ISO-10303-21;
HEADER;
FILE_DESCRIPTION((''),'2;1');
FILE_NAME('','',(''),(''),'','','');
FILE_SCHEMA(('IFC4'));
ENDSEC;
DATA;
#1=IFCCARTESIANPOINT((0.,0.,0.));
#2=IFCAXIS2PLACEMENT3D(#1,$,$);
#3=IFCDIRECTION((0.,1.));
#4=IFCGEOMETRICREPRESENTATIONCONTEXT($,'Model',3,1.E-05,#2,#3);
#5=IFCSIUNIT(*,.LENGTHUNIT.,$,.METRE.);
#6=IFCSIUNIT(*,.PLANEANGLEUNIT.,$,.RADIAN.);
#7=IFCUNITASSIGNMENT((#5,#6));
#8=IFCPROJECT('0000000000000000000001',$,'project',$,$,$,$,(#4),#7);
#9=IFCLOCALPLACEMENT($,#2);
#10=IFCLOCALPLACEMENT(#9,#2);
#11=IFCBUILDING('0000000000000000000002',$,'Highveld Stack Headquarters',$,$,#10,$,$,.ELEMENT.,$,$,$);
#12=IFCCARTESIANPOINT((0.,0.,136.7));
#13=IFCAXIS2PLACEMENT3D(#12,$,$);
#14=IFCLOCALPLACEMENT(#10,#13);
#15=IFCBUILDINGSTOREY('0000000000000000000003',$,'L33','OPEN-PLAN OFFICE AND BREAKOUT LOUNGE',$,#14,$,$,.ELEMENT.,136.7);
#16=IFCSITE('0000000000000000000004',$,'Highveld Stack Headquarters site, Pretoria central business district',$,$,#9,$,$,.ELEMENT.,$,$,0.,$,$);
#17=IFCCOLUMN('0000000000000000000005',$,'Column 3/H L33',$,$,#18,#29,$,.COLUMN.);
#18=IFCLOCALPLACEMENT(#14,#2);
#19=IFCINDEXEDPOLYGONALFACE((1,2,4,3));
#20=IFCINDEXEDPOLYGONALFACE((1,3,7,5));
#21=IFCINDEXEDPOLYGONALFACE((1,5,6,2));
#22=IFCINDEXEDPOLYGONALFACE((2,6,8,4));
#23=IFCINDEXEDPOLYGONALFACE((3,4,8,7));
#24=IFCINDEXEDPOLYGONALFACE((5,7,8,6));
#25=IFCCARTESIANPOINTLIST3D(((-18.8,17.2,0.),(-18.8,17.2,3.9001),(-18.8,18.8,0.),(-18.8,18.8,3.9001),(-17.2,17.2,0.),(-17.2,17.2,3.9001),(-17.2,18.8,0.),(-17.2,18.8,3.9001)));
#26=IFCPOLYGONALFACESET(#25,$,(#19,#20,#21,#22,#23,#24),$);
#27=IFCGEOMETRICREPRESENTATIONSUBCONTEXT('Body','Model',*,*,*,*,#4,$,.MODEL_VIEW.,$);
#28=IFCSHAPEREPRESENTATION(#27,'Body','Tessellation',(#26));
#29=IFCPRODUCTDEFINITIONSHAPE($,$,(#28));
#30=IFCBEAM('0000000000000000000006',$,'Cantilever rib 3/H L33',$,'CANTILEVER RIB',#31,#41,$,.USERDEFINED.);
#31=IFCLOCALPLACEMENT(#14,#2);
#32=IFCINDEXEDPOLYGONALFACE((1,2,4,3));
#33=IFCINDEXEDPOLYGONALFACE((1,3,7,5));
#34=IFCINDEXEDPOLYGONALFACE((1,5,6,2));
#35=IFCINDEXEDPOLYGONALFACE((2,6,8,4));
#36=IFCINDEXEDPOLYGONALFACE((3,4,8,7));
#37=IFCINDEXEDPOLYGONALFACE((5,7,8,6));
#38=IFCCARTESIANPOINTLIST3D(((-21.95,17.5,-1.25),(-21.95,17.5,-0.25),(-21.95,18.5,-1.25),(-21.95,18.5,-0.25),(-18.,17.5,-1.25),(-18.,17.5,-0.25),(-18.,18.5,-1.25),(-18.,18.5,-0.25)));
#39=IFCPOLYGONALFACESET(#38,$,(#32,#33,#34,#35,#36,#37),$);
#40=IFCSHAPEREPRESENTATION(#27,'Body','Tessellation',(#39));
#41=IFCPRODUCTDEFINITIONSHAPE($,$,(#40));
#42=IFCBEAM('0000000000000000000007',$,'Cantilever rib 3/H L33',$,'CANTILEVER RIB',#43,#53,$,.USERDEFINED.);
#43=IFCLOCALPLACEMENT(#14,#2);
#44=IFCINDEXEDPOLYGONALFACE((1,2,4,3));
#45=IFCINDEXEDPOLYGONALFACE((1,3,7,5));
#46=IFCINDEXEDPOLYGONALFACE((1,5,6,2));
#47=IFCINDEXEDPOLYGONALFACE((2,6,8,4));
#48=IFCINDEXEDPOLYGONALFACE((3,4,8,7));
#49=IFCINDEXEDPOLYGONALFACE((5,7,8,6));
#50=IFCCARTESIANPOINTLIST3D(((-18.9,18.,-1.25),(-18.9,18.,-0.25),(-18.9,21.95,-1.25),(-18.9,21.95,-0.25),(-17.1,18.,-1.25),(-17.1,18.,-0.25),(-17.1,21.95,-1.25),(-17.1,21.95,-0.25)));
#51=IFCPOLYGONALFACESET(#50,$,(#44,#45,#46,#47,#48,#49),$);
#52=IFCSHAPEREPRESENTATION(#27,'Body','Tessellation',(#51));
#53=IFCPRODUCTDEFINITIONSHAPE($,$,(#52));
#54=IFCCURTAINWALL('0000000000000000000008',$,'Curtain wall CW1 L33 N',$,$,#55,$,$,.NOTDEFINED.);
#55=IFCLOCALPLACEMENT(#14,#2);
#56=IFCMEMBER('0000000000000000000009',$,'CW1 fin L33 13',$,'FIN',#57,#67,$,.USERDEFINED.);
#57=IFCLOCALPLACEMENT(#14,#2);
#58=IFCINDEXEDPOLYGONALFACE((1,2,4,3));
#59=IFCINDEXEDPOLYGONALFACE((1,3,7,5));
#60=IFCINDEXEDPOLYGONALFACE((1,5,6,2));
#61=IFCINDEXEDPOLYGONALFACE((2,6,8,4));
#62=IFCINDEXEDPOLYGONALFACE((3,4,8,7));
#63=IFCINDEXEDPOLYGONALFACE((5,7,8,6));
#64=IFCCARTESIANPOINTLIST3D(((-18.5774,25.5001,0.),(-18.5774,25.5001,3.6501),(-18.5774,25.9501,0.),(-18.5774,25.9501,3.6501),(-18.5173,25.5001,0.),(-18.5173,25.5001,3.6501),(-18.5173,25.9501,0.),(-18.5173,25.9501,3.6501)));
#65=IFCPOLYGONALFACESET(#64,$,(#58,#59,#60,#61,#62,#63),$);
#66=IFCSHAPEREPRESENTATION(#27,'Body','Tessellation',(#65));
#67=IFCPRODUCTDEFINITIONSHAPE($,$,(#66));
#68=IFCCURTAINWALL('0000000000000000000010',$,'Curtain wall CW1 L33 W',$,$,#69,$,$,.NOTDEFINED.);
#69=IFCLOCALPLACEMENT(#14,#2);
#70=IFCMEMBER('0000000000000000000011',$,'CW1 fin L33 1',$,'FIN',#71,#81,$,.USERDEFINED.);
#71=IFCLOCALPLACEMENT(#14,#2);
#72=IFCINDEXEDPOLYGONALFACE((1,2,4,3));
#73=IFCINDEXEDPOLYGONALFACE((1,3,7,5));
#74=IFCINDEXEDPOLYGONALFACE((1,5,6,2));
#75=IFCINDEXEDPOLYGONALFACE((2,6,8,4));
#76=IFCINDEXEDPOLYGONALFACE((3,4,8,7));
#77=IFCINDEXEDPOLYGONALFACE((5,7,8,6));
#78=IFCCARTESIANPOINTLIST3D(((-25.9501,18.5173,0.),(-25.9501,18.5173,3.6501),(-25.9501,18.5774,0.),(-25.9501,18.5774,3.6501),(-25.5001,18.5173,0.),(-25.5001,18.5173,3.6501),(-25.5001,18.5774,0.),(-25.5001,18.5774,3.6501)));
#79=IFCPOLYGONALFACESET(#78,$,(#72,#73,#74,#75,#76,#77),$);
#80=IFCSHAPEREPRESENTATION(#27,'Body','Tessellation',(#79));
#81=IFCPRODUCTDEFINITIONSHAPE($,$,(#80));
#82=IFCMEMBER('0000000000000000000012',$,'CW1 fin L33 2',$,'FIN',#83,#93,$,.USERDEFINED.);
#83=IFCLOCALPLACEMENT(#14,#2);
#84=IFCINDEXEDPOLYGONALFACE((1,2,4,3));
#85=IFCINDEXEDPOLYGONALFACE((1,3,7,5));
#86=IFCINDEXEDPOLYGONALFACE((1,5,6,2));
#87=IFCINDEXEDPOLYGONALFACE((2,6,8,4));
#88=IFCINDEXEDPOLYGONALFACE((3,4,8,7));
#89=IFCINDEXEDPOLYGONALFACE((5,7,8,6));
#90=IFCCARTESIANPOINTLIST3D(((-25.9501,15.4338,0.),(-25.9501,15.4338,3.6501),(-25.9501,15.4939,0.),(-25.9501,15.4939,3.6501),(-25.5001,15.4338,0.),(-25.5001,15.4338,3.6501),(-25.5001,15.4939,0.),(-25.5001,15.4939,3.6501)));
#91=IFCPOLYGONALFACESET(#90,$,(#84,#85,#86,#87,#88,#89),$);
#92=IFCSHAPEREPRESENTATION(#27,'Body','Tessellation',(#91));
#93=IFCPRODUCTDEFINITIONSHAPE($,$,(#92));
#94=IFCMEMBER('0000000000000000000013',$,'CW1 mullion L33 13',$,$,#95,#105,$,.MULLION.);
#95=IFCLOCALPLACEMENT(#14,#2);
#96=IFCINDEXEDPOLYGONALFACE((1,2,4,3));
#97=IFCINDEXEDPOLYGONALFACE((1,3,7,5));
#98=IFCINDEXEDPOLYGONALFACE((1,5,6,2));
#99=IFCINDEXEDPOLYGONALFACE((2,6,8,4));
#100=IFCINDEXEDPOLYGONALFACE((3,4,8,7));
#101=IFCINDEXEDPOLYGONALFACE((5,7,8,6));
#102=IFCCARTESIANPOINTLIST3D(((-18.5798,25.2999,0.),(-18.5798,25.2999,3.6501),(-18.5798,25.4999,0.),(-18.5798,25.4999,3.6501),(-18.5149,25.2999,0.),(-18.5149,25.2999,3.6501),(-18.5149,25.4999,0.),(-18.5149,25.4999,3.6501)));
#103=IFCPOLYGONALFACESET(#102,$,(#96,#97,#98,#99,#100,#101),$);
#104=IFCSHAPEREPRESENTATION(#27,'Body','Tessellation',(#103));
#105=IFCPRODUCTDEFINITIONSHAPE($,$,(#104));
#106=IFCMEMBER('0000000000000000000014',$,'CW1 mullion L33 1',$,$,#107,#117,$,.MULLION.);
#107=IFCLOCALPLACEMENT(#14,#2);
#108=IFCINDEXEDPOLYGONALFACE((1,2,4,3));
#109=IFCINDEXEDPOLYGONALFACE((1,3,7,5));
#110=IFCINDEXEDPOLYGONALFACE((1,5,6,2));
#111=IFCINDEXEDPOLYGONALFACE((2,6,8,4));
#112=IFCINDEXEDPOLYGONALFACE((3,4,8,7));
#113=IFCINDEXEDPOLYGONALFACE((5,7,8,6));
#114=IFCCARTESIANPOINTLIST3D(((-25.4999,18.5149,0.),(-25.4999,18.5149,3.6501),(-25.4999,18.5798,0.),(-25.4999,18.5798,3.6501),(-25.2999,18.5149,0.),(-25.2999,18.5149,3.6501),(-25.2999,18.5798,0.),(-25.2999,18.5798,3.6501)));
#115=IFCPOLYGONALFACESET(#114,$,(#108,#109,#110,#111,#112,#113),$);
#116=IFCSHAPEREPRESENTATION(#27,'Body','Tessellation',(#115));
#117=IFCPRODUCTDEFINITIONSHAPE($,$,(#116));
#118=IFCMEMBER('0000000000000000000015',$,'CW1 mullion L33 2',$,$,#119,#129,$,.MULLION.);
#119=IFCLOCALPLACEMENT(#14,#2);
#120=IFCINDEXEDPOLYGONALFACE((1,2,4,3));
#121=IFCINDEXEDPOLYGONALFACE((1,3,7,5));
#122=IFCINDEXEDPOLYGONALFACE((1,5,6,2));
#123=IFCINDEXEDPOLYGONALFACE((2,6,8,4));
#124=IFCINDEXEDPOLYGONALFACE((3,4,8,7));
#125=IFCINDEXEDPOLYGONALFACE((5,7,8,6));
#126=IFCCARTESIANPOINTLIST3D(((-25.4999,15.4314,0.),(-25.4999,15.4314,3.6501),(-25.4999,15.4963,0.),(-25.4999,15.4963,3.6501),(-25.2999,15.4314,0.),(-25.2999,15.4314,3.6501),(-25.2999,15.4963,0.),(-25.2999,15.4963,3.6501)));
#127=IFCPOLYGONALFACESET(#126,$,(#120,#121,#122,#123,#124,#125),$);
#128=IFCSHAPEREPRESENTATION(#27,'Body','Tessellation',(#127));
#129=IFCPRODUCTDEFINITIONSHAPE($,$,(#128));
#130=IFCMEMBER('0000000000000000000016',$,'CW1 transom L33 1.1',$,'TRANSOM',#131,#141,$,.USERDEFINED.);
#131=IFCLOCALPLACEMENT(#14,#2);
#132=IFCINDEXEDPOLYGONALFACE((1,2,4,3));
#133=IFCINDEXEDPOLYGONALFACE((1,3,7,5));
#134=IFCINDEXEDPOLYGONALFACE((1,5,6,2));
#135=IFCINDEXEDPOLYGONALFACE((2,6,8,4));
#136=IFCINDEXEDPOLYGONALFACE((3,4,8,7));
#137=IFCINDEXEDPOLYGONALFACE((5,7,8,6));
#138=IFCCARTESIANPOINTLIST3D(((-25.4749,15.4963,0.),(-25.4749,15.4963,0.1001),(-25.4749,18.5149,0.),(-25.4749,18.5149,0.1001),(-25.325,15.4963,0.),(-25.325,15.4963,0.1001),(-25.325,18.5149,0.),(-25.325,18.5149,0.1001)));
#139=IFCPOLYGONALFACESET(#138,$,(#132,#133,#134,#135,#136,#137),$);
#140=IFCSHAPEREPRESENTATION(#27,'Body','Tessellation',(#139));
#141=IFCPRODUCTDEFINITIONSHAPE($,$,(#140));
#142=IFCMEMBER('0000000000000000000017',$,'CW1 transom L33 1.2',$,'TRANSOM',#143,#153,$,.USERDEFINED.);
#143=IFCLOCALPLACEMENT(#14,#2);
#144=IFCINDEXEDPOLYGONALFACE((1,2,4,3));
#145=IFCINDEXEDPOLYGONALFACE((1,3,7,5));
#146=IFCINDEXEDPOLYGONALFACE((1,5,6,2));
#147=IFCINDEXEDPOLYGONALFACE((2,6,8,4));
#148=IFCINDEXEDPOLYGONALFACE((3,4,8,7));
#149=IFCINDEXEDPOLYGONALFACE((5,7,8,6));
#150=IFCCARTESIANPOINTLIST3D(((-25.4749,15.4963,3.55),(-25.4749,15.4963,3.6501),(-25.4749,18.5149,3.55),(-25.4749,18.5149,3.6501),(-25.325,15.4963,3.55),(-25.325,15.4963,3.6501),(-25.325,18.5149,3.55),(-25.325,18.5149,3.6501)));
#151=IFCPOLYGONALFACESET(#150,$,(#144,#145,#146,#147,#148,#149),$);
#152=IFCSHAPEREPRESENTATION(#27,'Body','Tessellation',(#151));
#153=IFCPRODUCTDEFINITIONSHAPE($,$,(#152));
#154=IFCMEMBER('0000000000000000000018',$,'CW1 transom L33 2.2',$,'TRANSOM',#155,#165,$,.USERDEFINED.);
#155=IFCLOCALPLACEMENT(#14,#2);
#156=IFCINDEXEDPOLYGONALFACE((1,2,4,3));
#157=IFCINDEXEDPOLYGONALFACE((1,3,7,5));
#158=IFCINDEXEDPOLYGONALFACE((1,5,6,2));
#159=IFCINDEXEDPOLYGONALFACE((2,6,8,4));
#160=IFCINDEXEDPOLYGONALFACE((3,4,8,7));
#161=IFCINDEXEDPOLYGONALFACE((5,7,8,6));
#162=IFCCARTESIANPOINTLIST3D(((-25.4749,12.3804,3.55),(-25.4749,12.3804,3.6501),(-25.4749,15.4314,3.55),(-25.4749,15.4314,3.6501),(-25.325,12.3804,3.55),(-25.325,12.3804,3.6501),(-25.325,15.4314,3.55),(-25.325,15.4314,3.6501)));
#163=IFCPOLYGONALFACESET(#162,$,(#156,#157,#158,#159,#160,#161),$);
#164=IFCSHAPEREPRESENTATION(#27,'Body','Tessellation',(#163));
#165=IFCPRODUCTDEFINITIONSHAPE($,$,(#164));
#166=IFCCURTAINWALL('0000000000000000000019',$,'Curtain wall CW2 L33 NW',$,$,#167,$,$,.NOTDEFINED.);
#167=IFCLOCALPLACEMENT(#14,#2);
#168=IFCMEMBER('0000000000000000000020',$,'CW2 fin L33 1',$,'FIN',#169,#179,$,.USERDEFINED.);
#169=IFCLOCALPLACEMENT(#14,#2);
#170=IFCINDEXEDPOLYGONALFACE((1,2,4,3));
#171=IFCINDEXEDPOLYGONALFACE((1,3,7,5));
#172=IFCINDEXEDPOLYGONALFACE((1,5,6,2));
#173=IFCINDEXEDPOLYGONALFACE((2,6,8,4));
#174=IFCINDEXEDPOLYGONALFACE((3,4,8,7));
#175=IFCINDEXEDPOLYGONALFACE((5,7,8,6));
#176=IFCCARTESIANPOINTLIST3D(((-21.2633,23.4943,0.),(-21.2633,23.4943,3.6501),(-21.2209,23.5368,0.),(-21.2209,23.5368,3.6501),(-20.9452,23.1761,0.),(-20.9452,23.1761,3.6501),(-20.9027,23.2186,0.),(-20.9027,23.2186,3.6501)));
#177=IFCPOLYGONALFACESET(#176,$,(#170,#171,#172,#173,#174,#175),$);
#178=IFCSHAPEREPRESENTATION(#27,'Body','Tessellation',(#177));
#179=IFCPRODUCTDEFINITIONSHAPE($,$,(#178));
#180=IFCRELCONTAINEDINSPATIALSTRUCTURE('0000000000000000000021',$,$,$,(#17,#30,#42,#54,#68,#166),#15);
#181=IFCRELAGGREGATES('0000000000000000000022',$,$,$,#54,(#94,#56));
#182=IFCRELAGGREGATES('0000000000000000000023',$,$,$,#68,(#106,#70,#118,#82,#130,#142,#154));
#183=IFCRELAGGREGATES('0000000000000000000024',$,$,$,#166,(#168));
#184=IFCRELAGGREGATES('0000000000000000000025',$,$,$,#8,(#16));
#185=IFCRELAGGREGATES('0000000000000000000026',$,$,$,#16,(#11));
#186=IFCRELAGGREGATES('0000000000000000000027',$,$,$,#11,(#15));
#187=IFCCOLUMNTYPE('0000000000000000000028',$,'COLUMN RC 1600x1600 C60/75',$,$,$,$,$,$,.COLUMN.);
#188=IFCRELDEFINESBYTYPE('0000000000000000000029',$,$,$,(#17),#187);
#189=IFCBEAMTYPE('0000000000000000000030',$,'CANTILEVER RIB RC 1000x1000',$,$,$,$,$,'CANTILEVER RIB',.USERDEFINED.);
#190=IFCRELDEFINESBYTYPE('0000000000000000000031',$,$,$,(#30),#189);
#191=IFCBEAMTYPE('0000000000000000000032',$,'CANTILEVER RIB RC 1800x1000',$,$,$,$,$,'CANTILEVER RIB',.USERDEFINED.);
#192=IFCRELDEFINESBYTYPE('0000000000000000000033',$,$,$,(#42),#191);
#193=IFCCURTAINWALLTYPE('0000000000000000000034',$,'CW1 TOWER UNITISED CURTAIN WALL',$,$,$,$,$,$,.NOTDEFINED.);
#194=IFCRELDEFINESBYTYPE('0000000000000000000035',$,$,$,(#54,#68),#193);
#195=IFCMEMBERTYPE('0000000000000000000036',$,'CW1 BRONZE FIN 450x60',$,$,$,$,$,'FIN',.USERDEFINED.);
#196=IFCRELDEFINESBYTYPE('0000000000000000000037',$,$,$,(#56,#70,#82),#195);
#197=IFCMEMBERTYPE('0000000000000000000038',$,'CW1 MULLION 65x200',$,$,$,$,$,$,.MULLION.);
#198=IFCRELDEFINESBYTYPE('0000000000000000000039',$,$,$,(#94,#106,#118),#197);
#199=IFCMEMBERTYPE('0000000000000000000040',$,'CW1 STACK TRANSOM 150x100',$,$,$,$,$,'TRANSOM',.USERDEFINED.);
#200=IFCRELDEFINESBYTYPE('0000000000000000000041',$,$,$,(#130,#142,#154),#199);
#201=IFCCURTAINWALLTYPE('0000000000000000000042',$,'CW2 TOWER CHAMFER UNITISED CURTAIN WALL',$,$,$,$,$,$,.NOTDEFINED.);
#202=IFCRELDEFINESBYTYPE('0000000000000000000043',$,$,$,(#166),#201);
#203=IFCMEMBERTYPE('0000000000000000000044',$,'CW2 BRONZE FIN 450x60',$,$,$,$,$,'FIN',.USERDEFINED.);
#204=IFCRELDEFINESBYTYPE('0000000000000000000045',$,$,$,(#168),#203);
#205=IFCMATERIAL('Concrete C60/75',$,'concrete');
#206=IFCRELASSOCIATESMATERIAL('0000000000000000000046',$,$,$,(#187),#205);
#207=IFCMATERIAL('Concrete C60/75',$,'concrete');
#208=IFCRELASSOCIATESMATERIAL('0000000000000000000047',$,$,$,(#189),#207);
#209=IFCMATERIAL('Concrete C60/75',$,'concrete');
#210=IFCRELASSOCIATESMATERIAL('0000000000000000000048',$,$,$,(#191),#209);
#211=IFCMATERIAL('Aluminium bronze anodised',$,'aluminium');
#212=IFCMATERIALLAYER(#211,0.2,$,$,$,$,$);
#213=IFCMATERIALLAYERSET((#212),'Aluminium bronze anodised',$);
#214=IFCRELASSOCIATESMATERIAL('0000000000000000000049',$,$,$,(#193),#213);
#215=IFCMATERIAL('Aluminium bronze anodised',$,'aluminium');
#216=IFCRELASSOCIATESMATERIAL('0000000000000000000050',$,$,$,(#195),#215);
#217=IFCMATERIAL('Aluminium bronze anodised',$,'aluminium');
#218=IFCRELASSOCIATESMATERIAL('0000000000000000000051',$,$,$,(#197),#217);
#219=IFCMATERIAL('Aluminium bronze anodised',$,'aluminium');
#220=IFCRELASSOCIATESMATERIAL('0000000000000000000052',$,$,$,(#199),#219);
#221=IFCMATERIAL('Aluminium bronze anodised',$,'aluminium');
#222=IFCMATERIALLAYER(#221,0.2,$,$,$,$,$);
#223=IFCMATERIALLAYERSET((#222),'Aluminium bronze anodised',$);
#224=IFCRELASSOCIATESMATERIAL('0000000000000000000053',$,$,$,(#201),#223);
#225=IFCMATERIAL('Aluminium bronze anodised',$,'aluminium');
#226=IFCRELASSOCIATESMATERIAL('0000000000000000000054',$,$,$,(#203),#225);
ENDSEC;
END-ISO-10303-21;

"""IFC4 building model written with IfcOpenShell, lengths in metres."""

from ifc_helpers import new_model, si_unit, direction, frame, origin, origin_2d, place, context, subcontext, project, spatial, rectangle, extrude, material, layer, layer_set, material_profile, profile_set, type_object, element, aggregate, save


model = new_model("IFC4")

# Units and contexts
model_context = context("Model", 3, precision=1e-05, world=origin(), true_north=direction((0.0, 1.0)))
body_context = subcontext(model_context, "Body", "Model", "MODEL_VIEW")
ifc_project = project(units=[si_unit("LENGTHUNIT", "METRE"), si_unit("PLANEANGLEUNIT", "RADIAN")], contexts=[model_context])

# Site, building, storey
site_placement = place(None, origin())
site = spatial("IfcSite", under=ifc_project, at=site_placement, Name="Highveld Stack Headquarters site, Pretoria central business district", CompositionType="ELEMENT", RefElevation=0.0)
building_placement = place(site_placement, origin())
building = spatial("IfcBuilding", under=site, at=building_placement, Name="Highveld Stack Headquarters", CompositionType="ELEMENT")
storey_placement = place(building_placement, frame((0.0, 0.0, 136.7)))
storey = spatial("IfcBuildingStorey", under=building, at=storey_placement, Name="L33", Description="OPEN-PLAN OFFICE AND BREAKOUT LOUNGE", CompositionType="ELEMENT", Elevation=136.7)

# Column
ifc_material_1 = material(Name="Concrete C60/75", Category="concrete")
ifc_material_profile_1 = material_profile(ifc_material_1, rectangle(XDim=1.6001, YDim=1.6001, at=origin_2d()), Name="RC 1600x1600")
ifc_profile_set_1 = profile_set([ifc_material_profile_1], Name="Concrete C60/75")
column_type = type_object("IfcColumnType", Name="COLUMN RC 1600x1600 C60/75", PredefinedType="COLUMN", material=ifc_profile_set_1)
column_placement = place(storey_placement, frame((-18.0, 18.0, 0.0), z_axis=(0.0, 0.0, 1.0), x_axis=(1.0, 0.0, 0.0)))
element("IfcColumn", 1, at=column_placement, inside=storey, type_object=column_type, Name="Column 3/H L33", PredefinedType="COLUMN", context=body_context, shape_type="SweptSolid", body=[
    extrude(rectangle(XDim=1.6001, YDim=1.6001, at=origin_2d()), origin(), (0.0, 0.0, 1.0), 3.9001),
])

# Beams
ifc_material_2 = material(Name="Concrete C60/75", Category="concrete")
ifc_material_profile_2 = material_profile(ifc_material_2, rectangle(XDim=1.0, YDim=1.0, at=origin_2d()), Name="RC 1000x1000")
ifc_profile_set_2 = profile_set([ifc_material_profile_2], Name="Concrete C60/75")
beam_type_1 = type_object("IfcBeamType", Name="CANTILEVER RIB RC 1000x1000", ElementType="CANTILEVER RIB", PredefinedType="USERDEFINED", material=ifc_profile_set_2)
beam_1_placement = place(storey_placement, frame((-18.0, 18.0, -0.75), z_axis=(-1.0, 0.0, 0.0), x_axis=(0.0, -1.0, 0.0)))
element("IfcBeam", 2, at=beam_1_placement, inside=storey, type_object=beam_type_1, Name="Cantilever rib 3/H L33", ObjectType="CANTILEVER RIB", PredefinedType="USERDEFINED", context=body_context, shape_type="SweptSolid", body=[
    extrude(rectangle(XDim=1.0, YDim=1.0, at=origin_2d()), origin(), (0.0, 0.0, 1.0), 3.95),
])
ifc_material_3 = material(Name="Concrete C60/75", Category="concrete")
ifc_material_profile_3 = material_profile(ifc_material_3, rectangle(XDim=1.8, YDim=1.0, at=origin_2d()), Name="RC 1800x1000")
ifc_profile_set_3 = profile_set([ifc_material_profile_3], Name="Concrete C60/75")
beam_type_2 = type_object("IfcBeamType", Name="CANTILEVER RIB RC 1800x1000", ElementType="CANTILEVER RIB", PredefinedType="USERDEFINED", material=ifc_profile_set_3)
beam_2_placement = place(storey_placement, frame((-18.0, 18.0, -0.75), z_axis=(0.0, 1.0, 0.0), x_axis=(-1.0, 0.0, 0.0)))
element("IfcBeam", 3, at=beam_2_placement, inside=storey, type_object=beam_type_2, Name="Cantilever rib 3/H L33", ObjectType="CANTILEVER RIB", PredefinedType="USERDEFINED", context=body_context, shape_type="SweptSolid", body=[
    extrude(rectangle(XDim=1.8, YDim=1.0, at=origin_2d()), origin(), (0.0, 0.0, 1.0), 3.95),
])

# Curtain wall, member
ifc_material_4 = material(Name="Aluminium bronze anodised", Category="aluminium")
ifc_layer_1 = layer(ifc_material_4, 0.2)
ifc_layer_set_1 = layer_set([ifc_layer_1], Name="Aluminium bronze anodised")
curtain_wall_type_1 = type_object("IfcCurtainWallType", Name="CW1 TOWER UNITISED CURTAIN WALL", PredefinedType="NOTDEFINED", material=ifc_layer_set_1)
curtain_wall_1_placement = place(storey_placement, origin())
curtain_wall_1 = element("IfcCurtainWall", 4, at=curtain_wall_1_placement, inside=storey, type_object=curtain_wall_type_1, Name="Curtain wall CW1 L33 N", PredefinedType="NOTDEFINED")
ifc_material_5 = material(Name="Aluminium bronze anodised", Category="aluminium")
ifc_material_profile_4 = material_profile(ifc_material_5, rectangle(XDim=0.45, YDim=0.0601, at=origin_2d()), Name="FIN 450x60")
ifc_profile_set_4 = profile_set([ifc_material_profile_4], Name="Aluminium bronze anodised")
member_type_1 = type_object("IfcMemberType", Name="CW1 BRONZE FIN 450x60", ElementType="FIN", PredefinedType="USERDEFINED", material=ifc_profile_set_4)
member_1_placement = place(storey_placement, frame((-18.5474, 25.7251, 0.0), z_axis=(0.0, 0.0, 1.0), x_axis=(0.0, -1.0, 0.0)))
member_1 = element("IfcMember", 5, at=member_1_placement, type_object=member_type_1, Name="CW1 fin L33 13", ObjectType="FIN", PredefinedType="USERDEFINED", context=body_context, shape_type="SweptSolid", body=[
    extrude(rectangle(XDim=0.45, YDim=0.0601, at=origin_2d()), origin(), (0.0, 0.0, 1.0), 3.6501),
])

# Curtain wall, members
curtain_wall_2_placement = place(storey_placement, origin())
curtain_wall_2 = element("IfcCurtainWall", 6, at=curtain_wall_2_placement, inside=storey, type_object=curtain_wall_type_1, Name="Curtain wall CW1 L33 W", PredefinedType="NOTDEFINED")
member_2_placement = place(storey_placement, frame((-25.7251, 18.5474, 0.0), z_axis=(0.0, 0.0, 1.0), x_axis=(1.0, 0.0, 0.0)))
member_2 = element("IfcMember", 7, at=member_2_placement, type_object=member_type_1, Name="CW1 fin L33 1", ObjectType="FIN", PredefinedType="USERDEFINED", context=body_context, shape_type="SweptSolid", body=[
    extrude(rectangle(XDim=0.45, YDim=0.0601, at=origin_2d()), origin(), (0.0, 0.0, 1.0), 3.6501),
])
member_3_placement = place(storey_placement, frame((-25.7251, 15.4639, 0.0), z_axis=(0.0, 0.0, 1.0), x_axis=(1.0, 0.0, 0.0)))
member_3 = element("IfcMember", 8, at=member_3_placement, type_object=member_type_1, Name="CW1 fin L33 2", ObjectType="FIN", PredefinedType="USERDEFINED", context=body_context, shape_type="SweptSolid", body=[
    extrude(rectangle(XDim=0.45, YDim=0.0601, at=origin_2d()), origin(), (0.0, 0.0, 1.0), 3.6501),
])

# Members
ifc_material_6 = material(Name="Aluminium bronze anodised", Category="aluminium")
ifc_material_profile_5 = material_profile(ifc_material_6, rectangle(XDim=0.2, YDim=0.0649, at=origin_2d()), Name="CW1 MULLION 65x200")
ifc_profile_set_5 = profile_set([ifc_material_profile_5], Name="Aluminium bronze anodised")
member_type_2 = type_object("IfcMemberType", Name="CW1 MULLION 65x200", PredefinedType="MULLION", material=ifc_profile_set_5)
member_4_placement = place(storey_placement, frame((-18.5474, 25.3999, 0.0), z_axis=(0.0, 0.0, 1.0), x_axis=(0.0, -1.0, 0.0)))
member_4 = element("IfcMember", 9, at=member_4_placement, type_object=member_type_2, Name="CW1 mullion L33 13", PredefinedType="MULLION", context=body_context, shape_type="SweptSolid", body=[
    extrude(rectangle(XDim=0.2, YDim=0.0649, at=origin_2d()), origin(), (0.0, 0.0, 1.0), 3.6501),
])
aggregate(curtain_wall_1, [member_4, member_1])
member_5_placement = place(storey_placement, frame((-25.3999, 18.5474, 0.0), z_axis=(0.0, 0.0, 1.0), x_axis=(1.0, 0.0, 0.0)))
member_5 = element("IfcMember", 10, at=member_5_placement, type_object=member_type_2, Name="CW1 mullion L33 1", PredefinedType="MULLION", context=body_context, shape_type="SweptSolid", body=[
    extrude(rectangle(XDim=0.2, YDim=0.0649, at=origin_2d()), origin(), (0.0, 0.0, 1.0), 3.6501),
])
member_6_placement = place(storey_placement, frame((-25.3999, 15.4639, 0.0), z_axis=(0.0, 0.0, 1.0), x_axis=(1.0, 0.0, 0.0)))
member_6 = element("IfcMember", 11, at=member_6_placement, type_object=member_type_2, Name="CW1 mullion L33 2", PredefinedType="MULLION", context=body_context, shape_type="SweptSolid", body=[
    extrude(rectangle(XDim=0.2, YDim=0.0649, at=origin_2d()), origin(), (0.0, 0.0, 1.0), 3.6501),
])
ifc_material_7 = material(Name="Aluminium bronze anodised", Category="aluminium")
ifc_material_profile_6 = material_profile(ifc_material_7, rectangle(XDim=0.1499, YDim=0.1001, at=origin_2d()), Name="CW1 TRANSOM 150x100")
ifc_profile_set_6 = profile_set([ifc_material_profile_6], Name="Aluminium bronze anodised")
member_type_3 = type_object("IfcMemberType", Name="CW1 STACK TRANSOM 150x100", ElementType="TRANSOM", PredefinedType="USERDEFINED", material=ifc_profile_set_6)
member_7_placement = place(storey_placement, frame((-25.3999, 18.5149, 0.05), z_axis=(0.0, -1.0, 0.0), x_axis=(1.0, 0.0, 0.0)))
member_7 = element("IfcMember", 12, at=member_7_placement, type_object=member_type_3, Name="CW1 transom L33 1.1", ObjectType="TRANSOM", PredefinedType="USERDEFINED", context=body_context, shape_type="SweptSolid", body=[
    extrude(rectangle(XDim=0.1499, YDim=0.1001, at=origin_2d()), origin(), (0.0, 0.0, 1.0), 3.0186),
])
member_8_placement = place(storey_placement, frame((-25.3999, 18.5149, 3.6001), z_axis=(0.0, -1.0, 0.0), x_axis=(1.0, 0.0, 0.0)))
member_8 = element("IfcMember", 13, at=member_8_placement, type_object=member_type_3, Name="CW1 transom L33 1.2", ObjectType="TRANSOM", PredefinedType="USERDEFINED", context=body_context, shape_type="SweptSolid", body=[
    extrude(rectangle(XDim=0.1499, YDim=0.1001, at=origin_2d()), origin(), (0.0, 0.0, 1.0), 3.0186),
])
member_9_placement = place(storey_placement, frame((-25.3999, 15.4314, 3.6001), z_axis=(0.0, -1.0, 0.0), x_axis=(1.0, 0.0, 0.0)))
member_9 = element("IfcMember", 14, at=member_9_placement, type_object=member_type_3, Name="CW1 transom L33 2.2", ObjectType="TRANSOM", PredefinedType="USERDEFINED", context=body_context, shape_type="SweptSolid", body=[
    extrude(rectangle(XDim=0.1499, YDim=0.1001, at=origin_2d()), origin(), (0.0, 0.0, 1.0), 3.051),
])

# Curtain wall, member
ifc_material_8 = material(Name="Aluminium bronze anodised", Category="aluminium")
ifc_layer_2 = layer(ifc_material_8, 0.2)
ifc_layer_set_2 = layer_set([ifc_layer_2], Name="Aluminium bronze anodised")
curtain_wall_type_2 = type_object("IfcCurtainWallType", Name="CW2 TOWER CHAMFER UNITISED CURTAIN WALL", PredefinedType="NOTDEFINED", material=ifc_layer_set_2)
curtain_wall_3_placement = place(storey_placement, origin())
curtain_wall_3 = element("IfcCurtainWall", 15, at=curtain_wall_3_placement, inside=storey, type_object=curtain_wall_type_2, Name="Curtain wall CW2 L33 NW", PredefinedType="NOTDEFINED")
ifc_material_9 = material(Name="Aluminium bronze anodised", Category="aluminium")
ifc_material_profile_7 = material_profile(ifc_material_9, rectangle(XDim=0.45, YDim=0.0601, at=origin_2d()), Name="FIN 450x60")
ifc_profile_set_7 = profile_set([ifc_material_profile_7], Name="Aluminium bronze anodised")
member_type_4 = type_object("IfcMemberType", Name="CW2 BRONZE FIN 450x60", ElementType="FIN", PredefinedType="USERDEFINED", material=ifc_profile_set_7)
member_10_placement = place(storey_placement, frame((-21.083, 23.3564, 0.0), z_axis=(0.0, 0.0, 1.0), x_axis=(0.707107, -0.707107, 0.0)))
member_10 = element("IfcMember", 16, at=member_10_placement, type_object=member_type_4, Name="CW2 fin L33 1", ObjectType="FIN", PredefinedType="USERDEFINED", context=body_context, shape_type="SweptSolid", body=[
    extrude(rectangle(XDim=0.45, YDim=0.0601, at=origin_2d()), origin(), (0.0, 0.0, 1.0), 3.6501),
])

aggregate(curtain_wall_2, [member_5, member_2, member_6, member_3, member_7, member_8, member_9])
aggregate(curtain_wall_3, [member_10])

save(model, "model.ifc")
